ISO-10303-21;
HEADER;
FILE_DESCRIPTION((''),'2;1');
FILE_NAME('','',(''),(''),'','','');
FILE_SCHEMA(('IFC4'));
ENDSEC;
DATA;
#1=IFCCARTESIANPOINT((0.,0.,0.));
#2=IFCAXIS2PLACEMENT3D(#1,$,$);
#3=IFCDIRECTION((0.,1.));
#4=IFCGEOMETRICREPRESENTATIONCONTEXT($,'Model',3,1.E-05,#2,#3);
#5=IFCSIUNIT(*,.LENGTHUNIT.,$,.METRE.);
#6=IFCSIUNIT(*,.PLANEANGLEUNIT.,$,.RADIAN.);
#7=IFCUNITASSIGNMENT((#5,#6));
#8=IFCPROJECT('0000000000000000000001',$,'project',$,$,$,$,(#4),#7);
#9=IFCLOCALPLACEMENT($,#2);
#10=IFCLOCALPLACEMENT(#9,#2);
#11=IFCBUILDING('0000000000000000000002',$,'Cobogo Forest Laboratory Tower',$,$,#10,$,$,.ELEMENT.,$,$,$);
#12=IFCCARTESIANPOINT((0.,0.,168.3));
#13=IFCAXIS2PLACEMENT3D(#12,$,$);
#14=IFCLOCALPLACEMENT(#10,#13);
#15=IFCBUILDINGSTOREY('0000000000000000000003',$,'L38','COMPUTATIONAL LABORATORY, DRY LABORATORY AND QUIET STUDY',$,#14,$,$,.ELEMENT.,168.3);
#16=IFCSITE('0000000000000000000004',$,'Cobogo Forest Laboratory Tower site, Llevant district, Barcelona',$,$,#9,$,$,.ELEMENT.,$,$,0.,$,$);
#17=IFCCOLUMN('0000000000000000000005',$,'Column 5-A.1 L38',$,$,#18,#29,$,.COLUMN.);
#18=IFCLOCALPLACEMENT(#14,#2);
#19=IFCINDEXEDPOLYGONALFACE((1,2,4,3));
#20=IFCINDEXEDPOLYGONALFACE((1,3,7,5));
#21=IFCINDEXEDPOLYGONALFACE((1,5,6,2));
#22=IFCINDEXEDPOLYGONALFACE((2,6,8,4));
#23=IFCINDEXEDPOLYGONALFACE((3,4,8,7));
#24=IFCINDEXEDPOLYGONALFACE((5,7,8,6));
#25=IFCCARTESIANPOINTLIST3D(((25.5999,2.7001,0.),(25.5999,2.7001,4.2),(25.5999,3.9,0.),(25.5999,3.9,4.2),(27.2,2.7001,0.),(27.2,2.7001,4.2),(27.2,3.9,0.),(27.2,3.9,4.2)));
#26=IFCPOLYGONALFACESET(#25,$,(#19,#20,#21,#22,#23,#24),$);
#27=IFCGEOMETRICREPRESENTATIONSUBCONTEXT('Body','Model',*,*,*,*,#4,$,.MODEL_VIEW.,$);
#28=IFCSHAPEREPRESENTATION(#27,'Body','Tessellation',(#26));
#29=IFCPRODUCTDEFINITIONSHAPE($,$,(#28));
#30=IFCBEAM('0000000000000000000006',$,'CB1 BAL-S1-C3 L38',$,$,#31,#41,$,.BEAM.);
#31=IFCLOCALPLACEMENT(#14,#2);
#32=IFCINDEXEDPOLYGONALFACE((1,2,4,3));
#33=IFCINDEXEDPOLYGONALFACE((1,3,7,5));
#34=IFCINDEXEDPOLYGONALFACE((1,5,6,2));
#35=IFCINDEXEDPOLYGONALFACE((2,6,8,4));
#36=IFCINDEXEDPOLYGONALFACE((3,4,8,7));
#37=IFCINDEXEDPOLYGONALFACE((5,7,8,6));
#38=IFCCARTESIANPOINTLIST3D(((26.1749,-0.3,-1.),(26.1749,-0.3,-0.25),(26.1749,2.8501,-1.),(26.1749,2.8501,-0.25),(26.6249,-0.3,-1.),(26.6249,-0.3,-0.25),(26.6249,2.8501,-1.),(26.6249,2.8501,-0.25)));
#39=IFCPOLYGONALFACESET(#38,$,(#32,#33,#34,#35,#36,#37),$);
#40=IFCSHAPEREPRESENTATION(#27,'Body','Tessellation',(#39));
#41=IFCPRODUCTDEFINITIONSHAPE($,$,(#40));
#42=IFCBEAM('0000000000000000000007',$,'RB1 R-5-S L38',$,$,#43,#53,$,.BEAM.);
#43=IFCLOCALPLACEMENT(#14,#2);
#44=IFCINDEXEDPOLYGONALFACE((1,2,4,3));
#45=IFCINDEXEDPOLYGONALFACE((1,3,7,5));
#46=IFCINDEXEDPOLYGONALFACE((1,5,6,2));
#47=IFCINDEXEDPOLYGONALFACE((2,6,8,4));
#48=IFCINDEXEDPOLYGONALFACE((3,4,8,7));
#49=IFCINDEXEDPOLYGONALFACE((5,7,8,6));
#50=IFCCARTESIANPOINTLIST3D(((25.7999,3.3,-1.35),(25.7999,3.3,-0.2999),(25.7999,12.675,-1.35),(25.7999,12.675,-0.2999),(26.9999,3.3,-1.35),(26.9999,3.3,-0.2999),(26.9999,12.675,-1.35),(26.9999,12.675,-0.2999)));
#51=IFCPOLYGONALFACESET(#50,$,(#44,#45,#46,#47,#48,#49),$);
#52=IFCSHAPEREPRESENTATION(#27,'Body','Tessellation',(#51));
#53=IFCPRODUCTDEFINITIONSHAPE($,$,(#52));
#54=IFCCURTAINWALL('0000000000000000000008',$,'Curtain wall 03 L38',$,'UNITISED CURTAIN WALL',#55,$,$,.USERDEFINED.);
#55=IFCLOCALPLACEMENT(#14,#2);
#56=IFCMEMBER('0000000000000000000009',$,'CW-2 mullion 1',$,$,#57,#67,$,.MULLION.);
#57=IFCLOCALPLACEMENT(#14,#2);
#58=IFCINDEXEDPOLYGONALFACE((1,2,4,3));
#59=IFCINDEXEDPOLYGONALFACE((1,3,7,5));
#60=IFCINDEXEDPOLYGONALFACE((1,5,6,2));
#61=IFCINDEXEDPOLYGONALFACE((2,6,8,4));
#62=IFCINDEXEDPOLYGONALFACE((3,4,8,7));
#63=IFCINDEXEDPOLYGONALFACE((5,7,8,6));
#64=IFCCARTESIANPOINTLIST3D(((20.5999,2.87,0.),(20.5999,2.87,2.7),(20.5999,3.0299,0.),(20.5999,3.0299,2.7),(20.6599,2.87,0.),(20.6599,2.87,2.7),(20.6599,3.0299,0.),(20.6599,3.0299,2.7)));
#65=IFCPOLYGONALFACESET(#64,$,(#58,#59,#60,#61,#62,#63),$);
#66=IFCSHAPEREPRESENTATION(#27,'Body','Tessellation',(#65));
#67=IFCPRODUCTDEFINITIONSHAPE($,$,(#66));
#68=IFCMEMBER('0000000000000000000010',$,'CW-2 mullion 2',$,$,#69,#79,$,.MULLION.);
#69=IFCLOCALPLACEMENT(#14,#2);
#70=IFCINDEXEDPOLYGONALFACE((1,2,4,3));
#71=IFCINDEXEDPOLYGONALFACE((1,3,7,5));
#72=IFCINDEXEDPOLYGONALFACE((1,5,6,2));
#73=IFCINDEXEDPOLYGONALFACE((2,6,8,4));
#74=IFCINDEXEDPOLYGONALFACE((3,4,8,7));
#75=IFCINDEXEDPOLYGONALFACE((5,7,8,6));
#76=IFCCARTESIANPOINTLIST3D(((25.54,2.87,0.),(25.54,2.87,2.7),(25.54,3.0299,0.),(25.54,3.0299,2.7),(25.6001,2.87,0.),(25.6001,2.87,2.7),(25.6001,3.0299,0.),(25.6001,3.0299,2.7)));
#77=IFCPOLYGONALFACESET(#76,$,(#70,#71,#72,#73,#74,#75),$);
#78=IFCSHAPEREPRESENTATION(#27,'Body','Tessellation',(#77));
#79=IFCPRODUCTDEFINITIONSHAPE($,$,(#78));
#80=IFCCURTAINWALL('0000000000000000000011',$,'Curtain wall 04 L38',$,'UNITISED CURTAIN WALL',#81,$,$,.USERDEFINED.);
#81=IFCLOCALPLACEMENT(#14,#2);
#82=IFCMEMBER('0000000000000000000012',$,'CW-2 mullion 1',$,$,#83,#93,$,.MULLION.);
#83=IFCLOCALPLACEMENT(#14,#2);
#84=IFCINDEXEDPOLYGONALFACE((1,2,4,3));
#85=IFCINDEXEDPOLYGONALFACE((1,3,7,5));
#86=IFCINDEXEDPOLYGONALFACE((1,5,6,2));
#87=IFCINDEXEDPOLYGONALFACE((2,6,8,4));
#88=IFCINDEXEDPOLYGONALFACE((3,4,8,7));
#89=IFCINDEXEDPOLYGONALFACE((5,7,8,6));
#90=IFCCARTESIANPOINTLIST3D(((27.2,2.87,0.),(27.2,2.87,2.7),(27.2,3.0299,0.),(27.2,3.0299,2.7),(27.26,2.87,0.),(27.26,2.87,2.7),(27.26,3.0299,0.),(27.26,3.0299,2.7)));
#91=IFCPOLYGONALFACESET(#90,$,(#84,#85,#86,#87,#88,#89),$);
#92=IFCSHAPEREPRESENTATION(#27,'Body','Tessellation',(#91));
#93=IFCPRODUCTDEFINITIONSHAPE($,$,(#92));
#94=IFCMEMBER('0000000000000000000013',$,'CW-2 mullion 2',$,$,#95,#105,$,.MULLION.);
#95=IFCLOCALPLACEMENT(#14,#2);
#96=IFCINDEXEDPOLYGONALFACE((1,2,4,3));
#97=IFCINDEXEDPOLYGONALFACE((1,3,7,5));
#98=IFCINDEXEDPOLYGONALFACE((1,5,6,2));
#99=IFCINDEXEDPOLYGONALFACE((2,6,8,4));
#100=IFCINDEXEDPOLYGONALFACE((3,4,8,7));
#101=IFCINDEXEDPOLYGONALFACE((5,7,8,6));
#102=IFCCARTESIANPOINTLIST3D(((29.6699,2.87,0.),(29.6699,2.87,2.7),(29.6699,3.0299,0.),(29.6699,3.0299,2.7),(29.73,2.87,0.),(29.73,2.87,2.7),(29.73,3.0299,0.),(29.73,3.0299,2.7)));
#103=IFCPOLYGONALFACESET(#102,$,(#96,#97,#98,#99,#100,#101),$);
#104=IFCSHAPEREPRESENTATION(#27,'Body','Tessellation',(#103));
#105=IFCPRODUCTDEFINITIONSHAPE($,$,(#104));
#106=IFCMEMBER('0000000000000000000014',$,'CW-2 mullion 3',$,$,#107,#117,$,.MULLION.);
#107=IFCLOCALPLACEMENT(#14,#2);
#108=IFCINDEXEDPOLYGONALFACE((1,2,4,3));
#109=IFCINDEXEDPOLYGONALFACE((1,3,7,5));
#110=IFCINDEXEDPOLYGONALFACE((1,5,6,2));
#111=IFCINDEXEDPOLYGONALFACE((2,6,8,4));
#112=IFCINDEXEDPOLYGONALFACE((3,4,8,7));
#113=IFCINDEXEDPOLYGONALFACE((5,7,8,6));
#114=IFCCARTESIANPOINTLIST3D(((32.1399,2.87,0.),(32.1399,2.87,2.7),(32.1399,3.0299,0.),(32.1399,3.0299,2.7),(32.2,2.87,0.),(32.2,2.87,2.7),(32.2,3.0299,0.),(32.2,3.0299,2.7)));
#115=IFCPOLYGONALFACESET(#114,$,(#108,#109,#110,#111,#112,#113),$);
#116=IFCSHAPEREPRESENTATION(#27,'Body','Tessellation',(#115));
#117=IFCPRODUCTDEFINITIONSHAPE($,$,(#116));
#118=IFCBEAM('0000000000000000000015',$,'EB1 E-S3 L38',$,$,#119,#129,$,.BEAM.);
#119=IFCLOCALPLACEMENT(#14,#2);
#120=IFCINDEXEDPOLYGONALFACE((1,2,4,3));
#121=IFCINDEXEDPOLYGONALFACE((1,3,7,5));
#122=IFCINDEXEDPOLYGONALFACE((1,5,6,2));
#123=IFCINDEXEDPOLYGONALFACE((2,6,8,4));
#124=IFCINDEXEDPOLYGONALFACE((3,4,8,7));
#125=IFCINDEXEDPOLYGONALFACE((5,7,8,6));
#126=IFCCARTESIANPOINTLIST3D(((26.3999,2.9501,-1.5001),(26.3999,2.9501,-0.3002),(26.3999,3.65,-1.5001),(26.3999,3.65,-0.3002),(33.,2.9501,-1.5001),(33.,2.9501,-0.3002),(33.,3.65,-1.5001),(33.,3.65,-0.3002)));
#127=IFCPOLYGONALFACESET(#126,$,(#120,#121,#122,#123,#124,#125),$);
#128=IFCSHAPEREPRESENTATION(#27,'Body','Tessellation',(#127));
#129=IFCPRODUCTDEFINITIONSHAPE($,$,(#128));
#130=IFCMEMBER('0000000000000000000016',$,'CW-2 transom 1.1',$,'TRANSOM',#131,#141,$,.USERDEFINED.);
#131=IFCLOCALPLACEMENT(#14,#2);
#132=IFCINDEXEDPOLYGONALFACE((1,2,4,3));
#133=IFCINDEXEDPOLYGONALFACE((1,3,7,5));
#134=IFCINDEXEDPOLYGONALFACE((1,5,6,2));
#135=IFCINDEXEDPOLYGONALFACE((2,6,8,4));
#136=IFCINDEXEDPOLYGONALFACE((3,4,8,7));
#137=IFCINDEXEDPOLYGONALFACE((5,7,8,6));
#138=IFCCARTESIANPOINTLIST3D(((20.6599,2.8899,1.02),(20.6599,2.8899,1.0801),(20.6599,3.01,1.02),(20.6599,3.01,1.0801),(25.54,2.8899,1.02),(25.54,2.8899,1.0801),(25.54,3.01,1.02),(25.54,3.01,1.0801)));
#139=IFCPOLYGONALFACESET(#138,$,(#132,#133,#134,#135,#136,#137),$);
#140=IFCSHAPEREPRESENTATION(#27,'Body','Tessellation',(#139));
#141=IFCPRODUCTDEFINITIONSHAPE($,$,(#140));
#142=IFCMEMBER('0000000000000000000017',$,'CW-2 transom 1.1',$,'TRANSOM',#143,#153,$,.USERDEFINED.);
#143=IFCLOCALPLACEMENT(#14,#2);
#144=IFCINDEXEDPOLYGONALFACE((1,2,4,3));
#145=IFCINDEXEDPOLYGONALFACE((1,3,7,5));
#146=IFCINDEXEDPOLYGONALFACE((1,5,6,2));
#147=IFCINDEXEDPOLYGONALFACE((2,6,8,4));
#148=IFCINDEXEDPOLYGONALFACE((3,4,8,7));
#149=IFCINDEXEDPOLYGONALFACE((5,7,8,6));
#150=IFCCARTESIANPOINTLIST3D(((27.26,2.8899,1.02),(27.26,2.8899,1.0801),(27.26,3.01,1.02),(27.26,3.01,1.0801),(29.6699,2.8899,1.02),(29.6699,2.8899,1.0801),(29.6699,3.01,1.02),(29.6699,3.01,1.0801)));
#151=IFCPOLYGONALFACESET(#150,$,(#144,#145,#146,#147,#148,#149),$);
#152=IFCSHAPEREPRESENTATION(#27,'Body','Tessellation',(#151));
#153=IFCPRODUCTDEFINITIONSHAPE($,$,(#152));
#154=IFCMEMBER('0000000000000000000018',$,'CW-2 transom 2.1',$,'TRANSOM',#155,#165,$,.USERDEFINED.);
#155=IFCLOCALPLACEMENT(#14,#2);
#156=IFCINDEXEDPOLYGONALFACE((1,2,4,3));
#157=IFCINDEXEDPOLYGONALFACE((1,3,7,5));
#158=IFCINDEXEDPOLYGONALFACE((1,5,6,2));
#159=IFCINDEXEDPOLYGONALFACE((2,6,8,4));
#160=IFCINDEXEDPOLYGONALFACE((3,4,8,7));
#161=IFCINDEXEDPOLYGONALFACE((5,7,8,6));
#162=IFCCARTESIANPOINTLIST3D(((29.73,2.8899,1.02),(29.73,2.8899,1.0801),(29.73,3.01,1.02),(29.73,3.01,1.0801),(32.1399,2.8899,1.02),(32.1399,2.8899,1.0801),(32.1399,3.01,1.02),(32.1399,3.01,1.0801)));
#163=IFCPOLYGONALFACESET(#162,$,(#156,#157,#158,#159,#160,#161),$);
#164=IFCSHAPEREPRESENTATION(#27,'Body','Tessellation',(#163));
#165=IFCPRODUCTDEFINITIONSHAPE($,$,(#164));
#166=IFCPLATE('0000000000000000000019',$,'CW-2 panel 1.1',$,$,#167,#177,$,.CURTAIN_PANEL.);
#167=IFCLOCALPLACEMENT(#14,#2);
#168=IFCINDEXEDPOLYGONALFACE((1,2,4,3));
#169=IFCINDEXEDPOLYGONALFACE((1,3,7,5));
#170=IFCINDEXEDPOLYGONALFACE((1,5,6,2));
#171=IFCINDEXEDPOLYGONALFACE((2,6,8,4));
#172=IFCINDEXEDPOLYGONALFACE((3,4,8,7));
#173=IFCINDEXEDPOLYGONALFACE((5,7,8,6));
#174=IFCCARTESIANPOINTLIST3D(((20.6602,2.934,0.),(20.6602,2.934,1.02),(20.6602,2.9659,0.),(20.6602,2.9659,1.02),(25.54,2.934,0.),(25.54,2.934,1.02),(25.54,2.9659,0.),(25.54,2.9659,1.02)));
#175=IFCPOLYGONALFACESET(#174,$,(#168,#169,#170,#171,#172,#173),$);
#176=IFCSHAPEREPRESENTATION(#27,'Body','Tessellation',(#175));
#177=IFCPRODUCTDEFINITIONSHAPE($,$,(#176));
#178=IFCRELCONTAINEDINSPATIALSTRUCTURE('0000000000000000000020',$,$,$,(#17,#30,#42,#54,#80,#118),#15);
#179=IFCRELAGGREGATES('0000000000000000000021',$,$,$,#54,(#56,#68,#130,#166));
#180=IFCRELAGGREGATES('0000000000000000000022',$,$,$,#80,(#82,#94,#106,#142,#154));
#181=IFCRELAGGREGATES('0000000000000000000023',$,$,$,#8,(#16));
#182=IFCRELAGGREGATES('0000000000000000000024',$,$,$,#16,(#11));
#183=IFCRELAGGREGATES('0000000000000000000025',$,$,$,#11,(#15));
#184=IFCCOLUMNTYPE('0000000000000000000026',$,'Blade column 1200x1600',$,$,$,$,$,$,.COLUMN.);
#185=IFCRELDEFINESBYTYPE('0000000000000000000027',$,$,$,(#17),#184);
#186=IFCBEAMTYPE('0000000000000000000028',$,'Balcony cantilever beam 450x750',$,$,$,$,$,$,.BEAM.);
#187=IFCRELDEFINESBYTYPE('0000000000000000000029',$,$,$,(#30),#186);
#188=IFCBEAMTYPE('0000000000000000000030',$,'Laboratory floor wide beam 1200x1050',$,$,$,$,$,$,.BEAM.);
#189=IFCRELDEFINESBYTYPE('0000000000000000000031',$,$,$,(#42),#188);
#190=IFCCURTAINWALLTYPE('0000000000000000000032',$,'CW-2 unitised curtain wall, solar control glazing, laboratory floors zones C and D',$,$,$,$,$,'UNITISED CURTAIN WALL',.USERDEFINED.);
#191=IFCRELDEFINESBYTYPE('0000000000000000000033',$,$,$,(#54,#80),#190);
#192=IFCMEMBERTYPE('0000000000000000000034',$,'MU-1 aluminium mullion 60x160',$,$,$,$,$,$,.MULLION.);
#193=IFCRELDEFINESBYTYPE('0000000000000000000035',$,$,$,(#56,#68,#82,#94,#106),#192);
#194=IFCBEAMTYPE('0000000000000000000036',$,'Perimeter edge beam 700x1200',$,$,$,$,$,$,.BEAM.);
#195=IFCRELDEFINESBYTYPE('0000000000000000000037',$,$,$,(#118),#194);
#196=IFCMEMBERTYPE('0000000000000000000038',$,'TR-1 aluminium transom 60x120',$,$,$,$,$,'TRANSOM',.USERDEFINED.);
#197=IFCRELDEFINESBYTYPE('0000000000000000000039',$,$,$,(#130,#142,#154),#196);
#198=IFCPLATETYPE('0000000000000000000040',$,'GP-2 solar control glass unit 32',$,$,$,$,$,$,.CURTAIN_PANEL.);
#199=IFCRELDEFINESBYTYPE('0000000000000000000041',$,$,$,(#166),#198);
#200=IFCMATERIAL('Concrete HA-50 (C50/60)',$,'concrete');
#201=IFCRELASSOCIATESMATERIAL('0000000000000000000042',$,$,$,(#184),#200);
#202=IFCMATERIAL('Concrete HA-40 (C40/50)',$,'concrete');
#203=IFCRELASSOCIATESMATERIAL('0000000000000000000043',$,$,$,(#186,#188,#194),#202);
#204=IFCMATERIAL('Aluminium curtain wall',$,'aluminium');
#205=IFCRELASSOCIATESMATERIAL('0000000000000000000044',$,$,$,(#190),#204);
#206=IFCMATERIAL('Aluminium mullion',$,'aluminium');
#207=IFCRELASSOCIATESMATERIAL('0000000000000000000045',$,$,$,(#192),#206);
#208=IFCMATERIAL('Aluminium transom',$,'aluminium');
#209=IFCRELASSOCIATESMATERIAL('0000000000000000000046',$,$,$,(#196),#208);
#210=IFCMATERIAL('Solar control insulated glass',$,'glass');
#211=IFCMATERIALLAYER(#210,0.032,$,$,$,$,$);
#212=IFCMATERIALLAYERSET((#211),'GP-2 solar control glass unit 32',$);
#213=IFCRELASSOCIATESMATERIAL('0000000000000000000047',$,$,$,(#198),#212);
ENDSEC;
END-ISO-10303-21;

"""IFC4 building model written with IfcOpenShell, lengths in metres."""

from ifc_helpers import new_model, si_unit, direction, frame, origin, origin_2d, place, context, subcontext, project, spatial, rectangle, extrude, material, layer, layer_set, material_profile, profile_set, type_object, element, aggregate, save


model = new_model("IFC4")

# Units and contexts
model_context = context("Model", 3, precision=1e-05, world=origin(), true_north=direction((0.0, 1.0)))
body_context = subcontext(model_context, "Body", "Model", "MODEL_VIEW")
ifc_project = project(units=[si_unit("LENGTHUNIT", "METRE"), si_unit("PLANEANGLEUNIT", "RADIAN")], contexts=[model_context])

# Site, building, storey
site_placement = place(None, origin())
site = spatial("IfcSite", under=ifc_project, at=site_placement, Name="Cobogo Forest Laboratory Tower site, Llevant district, Barcelona", CompositionType="ELEMENT", RefElevation=0.0)
building_placement = place(site_placement, origin())
building = spatial("IfcBuilding", under=site, at=building_placement, Name="Cobogo Forest Laboratory Tower", CompositionType="ELEMENT")
storey_placement = place(building_placement, frame((0.0, 0.0, 168.3)))
storey = spatial("IfcBuildingStorey", under=building, at=storey_placement, Name="L38", Description="COMPUTATIONAL LABORATORY, DRY LABORATORY AND QUIET STUDY", CompositionType="ELEMENT", Elevation=168.3)

# Column
ifc_material_1 = material(Name="Concrete HA-50 (C50/60)", Category="concrete")
ifc_material_profile_1 = material_profile(ifc_material_1, rectangle(XDim=1.6001, YDim=1.2, at=origin_2d()), Name="RC 1200x1600")
ifc_profile_set_1 = profile_set([ifc_material_profile_1], Name="Concrete HA-50 (C50/60)")
column_type = type_object("IfcColumnType", Name="Blade column 1200x1600", PredefinedType="COLUMN", material=ifc_profile_set_1)
column_placement = place(storey_placement, frame((26.3999, 3.3, 0.0), z_axis=(0.0, 0.0, 1.0), x_axis=(1.0, 0.0, 0.0)))
element("IfcColumn", 1, at=column_placement, inside=storey, type_object=column_type, Name="Column 5-A.1 L38", PredefinedType="COLUMN", context=body_context, shape_type="SweptSolid", body=[
    extrude(rectangle(XDim=1.6001, YDim=1.2, at=origin_2d()), origin(), (0.0, 0.0, 1.0), 4.2),
])

# Beams
ifc_material_2 = material(Name="Concrete HA-40 (C40/50)", Category="concrete")
ifc_material_profile_2 = material_profile(ifc_material_2, rectangle(XDim=0.45, YDim=0.75, at=origin_2d()), Name="RC 450x750")
ifc_profile_set_2 = profile_set([ifc_material_profile_2], Name="Concrete HA-40 (C40/50)")
beam_type_1 = type_object("IfcBeamType", Name="Balcony cantilever beam 450x750", PredefinedType="BEAM", material=ifc_profile_set_2)
beam_1_placement = place(storey_placement, frame((26.3999, 2.8501, -0.625), z_axis=(0.0, -1.0, 0.0), x_axis=(1.0, 0.0, 0.0)))
element("IfcBeam", 2, at=beam_1_placement, inside=storey, type_object=beam_type_1, Name="CB1 BAL-S1-C3 L38", PredefinedType="BEAM", context=body_context, shape_type="SweptSolid", body=[
    extrude(rectangle(XDim=0.45, YDim=0.75, at=origin_2d()), origin(), (0.0, 0.0, 1.0), 3.1501),
])
ifc_material_profile_3 = material_profile(ifc_material_2, rectangle(XDim=1.2, YDim=1.05, at=origin_2d()), Name="RC 1200x1050")
ifc_profile_set_3 = profile_set([ifc_material_profile_3], Name="Concrete HA-40 (C40/50)")
beam_type_2 = type_object("IfcBeamType", Name="Laboratory floor wide beam 1200x1050", PredefinedType="BEAM", material=ifc_profile_set_3)
beam_2_placement = place(storey_placement, frame((26.3999, 12.675, -0.825), z_axis=(0.0, -1.0, 0.0), x_axis=(1.0, 0.0, 0.0)))
element("IfcBeam", 3, at=beam_2_placement, inside=storey, type_object=beam_type_2, Name="RB1 R-5-S L38", PredefinedType="BEAM", context=body_context, shape_type="SweptSolid", body=[
    extrude(rectangle(XDim=1.2, YDim=1.05, at=origin_2d()), origin(), (0.0, 0.0, 1.0), 9.375),
])

# Curtain walls, members
ifc_material_3 = material(Name="Aluminium curtain wall", Category="aluminium")
curtain_wall_type = type_object("IfcCurtainWallType", Name="CW-2 unitised curtain wall, solar control glazing, laboratory floors zones C and D", ElementType="UNITISED CURTAIN WALL", PredefinedType="USERDEFINED", material=ifc_material_3)
curtain_wall_1_placement = place(storey_placement, origin())
curtain_wall_1 = element("IfcCurtainWall", 4, at=curtain_wall_1_placement, inside=storey, type_object=curtain_wall_type, Name="Curtain wall 03 L38", ObjectType="UNITISED CURTAIN WALL", PredefinedType="USERDEFINED")
ifc_material_4 = material(Name="Aluminium mullion", Category="aluminium")
ifc_material_profile_4 = material_profile(ifc_material_4, rectangle(XDim=0.0601, YDim=0.1599, at=origin_2d()), Name="AL 60x160")
ifc_profile_set_4 = profile_set([ifc_material_profile_4], Name="Aluminium mullion")
member_type_1 = type_object("IfcMemberType", Name="MU-1 aluminium mullion 60x160", PredefinedType="MULLION", material=ifc_profile_set_4)
member_1_placement = place(storey_placement, frame((20.6299, 2.95, 0.0), z_axis=(0.0, 0.0, 1.0), x_axis=(1.0, 0.0, 0.0)))
member_1 = element("IfcMember", 5, at=member_1_placement, type_object=member_type_1, Name="CW-2 mullion 1", PredefinedType="MULLION", context=body_context, shape_type="SweptSolid", body=[
    extrude(rectangle(XDim=0.0601, YDim=0.1599, at=origin_2d()), origin(), (0.0, 0.0, 1.0), 2.7),
])
member_2_placement = place(storey_placement, frame((25.5701, 2.95, 0.0), z_axis=(0.0, 0.0, 1.0), x_axis=(1.0, 0.0, 0.0)))
member_2 = element("IfcMember", 6, at=member_2_placement, type_object=member_type_1, Name="CW-2 mullion 2", PredefinedType="MULLION", context=body_context, shape_type="SweptSolid", body=[
    extrude(rectangle(XDim=0.0601, YDim=0.1599, at=origin_2d()), origin(), (0.0, 0.0, 1.0), 2.7),
])
curtain_wall_2_placement = place(storey_placement, origin())
curtain_wall_2 = element("IfcCurtainWall", 7, at=curtain_wall_2_placement, inside=storey, type_object=curtain_wall_type, Name="Curtain wall 04 L38", ObjectType="UNITISED CURTAIN WALL", PredefinedType="USERDEFINED")
member_3_placement = place(storey_placement, frame((27.23, 2.95, 0.0), z_axis=(0.0, 0.0, 1.0), x_axis=(1.0, 0.0, 0.0)))
member_3 = element("IfcMember", 8, at=member_3_placement, type_object=member_type_1, Name="CW-2 mullion 1", PredefinedType="MULLION", context=body_context, shape_type="SweptSolid", body=[
    extrude(rectangle(XDim=0.0601, YDim=0.1599, at=origin_2d()), origin(), (0.0, 0.0, 1.0), 2.7),
])
member_4_placement = place(storey_placement, frame((29.7, 2.95, 0.0), z_axis=(0.0, 0.0, 1.0), x_axis=(1.0, 0.0, 0.0)))
member_4 = element("IfcMember", 9, at=member_4_placement, type_object=member_type_1, Name="CW-2 mullion 2", PredefinedType="MULLION", context=body_context, shape_type="SweptSolid", body=[
    extrude(rectangle(XDim=0.0601, YDim=0.1599, at=origin_2d()), origin(), (0.0, 0.0, 1.0), 2.7),
])
member_5_placement = place(storey_placement, frame((32.1699, 2.95, 0.0), z_axis=(0.0, 0.0, 1.0), x_axis=(1.0, 0.0, 0.0)))
member_5 = element("IfcMember", 10, at=member_5_placement, type_object=member_type_1, Name="CW-2 mullion 3", PredefinedType="MULLION", context=body_context, shape_type="SweptSolid", body=[
    extrude(rectangle(XDim=0.0601, YDim=0.1599, at=origin_2d()), origin(), (0.0, 0.0, 1.0), 2.7),
])

# Beam
ifc_material_profile_5 = material_profile(ifc_material_2, rectangle(XDim=0.7, YDim=1.2, at=origin_2d()), Name="RC 700x1200")
ifc_profile_set_5 = profile_set([ifc_material_profile_5], Name="Concrete HA-40 (C40/50)")
beam_type_3 = type_object("IfcBeamType", Name="Perimeter edge beam 700x1200", PredefinedType="BEAM", material=ifc_profile_set_5)
beam_3_placement = place(storey_placement, frame((26.3999, 3.3, -0.9001), z_axis=(1.0, 0.0, 0.0), x_axis=(0.0, 1.0, 0.0)))
element("IfcBeam", 11, at=beam_3_placement, inside=storey, type_object=beam_type_3, Name="EB1 E-S3 L38", PredefinedType="BEAM", context=body_context, shape_type="SweptSolid", body=[
    extrude(rectangle(XDim=0.7, YDim=1.2, at=origin_2d()), origin(), (0.0, 0.0, 1.0), 6.6001),
])

# Members
ifc_material_5 = material(Name="Aluminium transom", Category="aluminium")
ifc_material_profile_6 = material_profile(ifc_material_5, rectangle(XDim=0.1201, YDim=0.0601, at=origin_2d()), Name="AL 60x120")
ifc_profile_set_6 = profile_set([ifc_material_profile_6], Name="Aluminium transom")
member_type_2 = type_object("IfcMemberType", Name="TR-1 aluminium transom 60x120", ElementType="TRANSOM", PredefinedType="USERDEFINED", material=ifc_profile_set_6)
member_6_placement = place(storey_placement, frame((20.6599, 2.95, 1.05), z_axis=(1.0, 0.0, 0.0), x_axis=(0.0, 1.0, 0.0)))
member_6 = element("IfcMember", 12, at=member_6_placement, type_object=member_type_2, Name="CW-2 transom 1.1", ObjectType="TRANSOM", PredefinedType="USERDEFINED", context=body_context, shape_type="SweptSolid", body=[
    extrude(rectangle(XDim=0.1201, YDim=0.0601, at=origin_2d()), origin(), (0.0, 0.0, 1.0), 4.8801),
])
member_7_placement = place(storey_placement, frame((27.26, 2.95, 1.05), z_axis=(1.0, 0.0, 0.0), x_axis=(0.0, 1.0, 0.0)))
member_7 = element("IfcMember", 13, at=member_7_placement, type_object=member_type_2, Name="CW-2 transom 1.1", ObjectType="TRANSOM", PredefinedType="USERDEFINED", context=body_context, shape_type="SweptSolid", body=[
    extrude(rectangle(XDim=0.1201, YDim=0.0601, at=origin_2d()), origin(), (0.0, 0.0, 1.0), 2.4099),
])
member_8_placement = place(storey_placement, frame((29.73, 2.95, 1.05), z_axis=(1.0, 0.0, 0.0), x_axis=(0.0, 1.0, 0.0)))
member_8 = element("IfcMember", 14, at=member_8_placement, type_object=member_type_2, Name="CW-2 transom 2.1", ObjectType="TRANSOM", PredefinedType="USERDEFINED", context=body_context, shape_type="SweptSolid", body=[
    extrude(rectangle(XDim=0.1201, YDim=0.0601, at=origin_2d()), origin(), (0.0, 0.0, 1.0), 2.4099),
])

# Plate
ifc_material_6 = material(Name="Solar control insulated glass", Category="glass")
ifc_layer_1 = layer(ifc_material_6, 0.032)
ifc_layer_set_1 = layer_set([ifc_layer_1], Name="GP-2 solar control glass unit 32")
plate_type_1 = type_object("IfcPlateType", Name="GP-2 solar control glass unit 32", PredefinedType="CURTAIN_PANEL", material=ifc_layer_set_1)
plate_1_placement = place(storey_placement, frame((23.1001, 2.95, 0.0), z_axis=(0.0, 0.0, 1.0), x_axis=(1.0, 0.0, 0.0)))
plate_1 = element("IfcPlate", 15, at=plate_1_placement, type_object=plate_type_1, Name="CW-2 panel 1.1", PredefinedType="CURTAIN_PANEL", context=body_context, shape_type="SweptSolid", body=[
    extrude(rectangle(XDim=4.8799, YDim=0.032, at=origin_2d()), origin(), (0.0, 0.0, 1.0), 1.02),
])
aggregate(curtain_wall_1, [member_1, member_2, member_6, plate_1])
aggregate(curtain_wall_2, [member_3, member_4, member_5, member_7, member_8])

save(model, "model.ifc")
